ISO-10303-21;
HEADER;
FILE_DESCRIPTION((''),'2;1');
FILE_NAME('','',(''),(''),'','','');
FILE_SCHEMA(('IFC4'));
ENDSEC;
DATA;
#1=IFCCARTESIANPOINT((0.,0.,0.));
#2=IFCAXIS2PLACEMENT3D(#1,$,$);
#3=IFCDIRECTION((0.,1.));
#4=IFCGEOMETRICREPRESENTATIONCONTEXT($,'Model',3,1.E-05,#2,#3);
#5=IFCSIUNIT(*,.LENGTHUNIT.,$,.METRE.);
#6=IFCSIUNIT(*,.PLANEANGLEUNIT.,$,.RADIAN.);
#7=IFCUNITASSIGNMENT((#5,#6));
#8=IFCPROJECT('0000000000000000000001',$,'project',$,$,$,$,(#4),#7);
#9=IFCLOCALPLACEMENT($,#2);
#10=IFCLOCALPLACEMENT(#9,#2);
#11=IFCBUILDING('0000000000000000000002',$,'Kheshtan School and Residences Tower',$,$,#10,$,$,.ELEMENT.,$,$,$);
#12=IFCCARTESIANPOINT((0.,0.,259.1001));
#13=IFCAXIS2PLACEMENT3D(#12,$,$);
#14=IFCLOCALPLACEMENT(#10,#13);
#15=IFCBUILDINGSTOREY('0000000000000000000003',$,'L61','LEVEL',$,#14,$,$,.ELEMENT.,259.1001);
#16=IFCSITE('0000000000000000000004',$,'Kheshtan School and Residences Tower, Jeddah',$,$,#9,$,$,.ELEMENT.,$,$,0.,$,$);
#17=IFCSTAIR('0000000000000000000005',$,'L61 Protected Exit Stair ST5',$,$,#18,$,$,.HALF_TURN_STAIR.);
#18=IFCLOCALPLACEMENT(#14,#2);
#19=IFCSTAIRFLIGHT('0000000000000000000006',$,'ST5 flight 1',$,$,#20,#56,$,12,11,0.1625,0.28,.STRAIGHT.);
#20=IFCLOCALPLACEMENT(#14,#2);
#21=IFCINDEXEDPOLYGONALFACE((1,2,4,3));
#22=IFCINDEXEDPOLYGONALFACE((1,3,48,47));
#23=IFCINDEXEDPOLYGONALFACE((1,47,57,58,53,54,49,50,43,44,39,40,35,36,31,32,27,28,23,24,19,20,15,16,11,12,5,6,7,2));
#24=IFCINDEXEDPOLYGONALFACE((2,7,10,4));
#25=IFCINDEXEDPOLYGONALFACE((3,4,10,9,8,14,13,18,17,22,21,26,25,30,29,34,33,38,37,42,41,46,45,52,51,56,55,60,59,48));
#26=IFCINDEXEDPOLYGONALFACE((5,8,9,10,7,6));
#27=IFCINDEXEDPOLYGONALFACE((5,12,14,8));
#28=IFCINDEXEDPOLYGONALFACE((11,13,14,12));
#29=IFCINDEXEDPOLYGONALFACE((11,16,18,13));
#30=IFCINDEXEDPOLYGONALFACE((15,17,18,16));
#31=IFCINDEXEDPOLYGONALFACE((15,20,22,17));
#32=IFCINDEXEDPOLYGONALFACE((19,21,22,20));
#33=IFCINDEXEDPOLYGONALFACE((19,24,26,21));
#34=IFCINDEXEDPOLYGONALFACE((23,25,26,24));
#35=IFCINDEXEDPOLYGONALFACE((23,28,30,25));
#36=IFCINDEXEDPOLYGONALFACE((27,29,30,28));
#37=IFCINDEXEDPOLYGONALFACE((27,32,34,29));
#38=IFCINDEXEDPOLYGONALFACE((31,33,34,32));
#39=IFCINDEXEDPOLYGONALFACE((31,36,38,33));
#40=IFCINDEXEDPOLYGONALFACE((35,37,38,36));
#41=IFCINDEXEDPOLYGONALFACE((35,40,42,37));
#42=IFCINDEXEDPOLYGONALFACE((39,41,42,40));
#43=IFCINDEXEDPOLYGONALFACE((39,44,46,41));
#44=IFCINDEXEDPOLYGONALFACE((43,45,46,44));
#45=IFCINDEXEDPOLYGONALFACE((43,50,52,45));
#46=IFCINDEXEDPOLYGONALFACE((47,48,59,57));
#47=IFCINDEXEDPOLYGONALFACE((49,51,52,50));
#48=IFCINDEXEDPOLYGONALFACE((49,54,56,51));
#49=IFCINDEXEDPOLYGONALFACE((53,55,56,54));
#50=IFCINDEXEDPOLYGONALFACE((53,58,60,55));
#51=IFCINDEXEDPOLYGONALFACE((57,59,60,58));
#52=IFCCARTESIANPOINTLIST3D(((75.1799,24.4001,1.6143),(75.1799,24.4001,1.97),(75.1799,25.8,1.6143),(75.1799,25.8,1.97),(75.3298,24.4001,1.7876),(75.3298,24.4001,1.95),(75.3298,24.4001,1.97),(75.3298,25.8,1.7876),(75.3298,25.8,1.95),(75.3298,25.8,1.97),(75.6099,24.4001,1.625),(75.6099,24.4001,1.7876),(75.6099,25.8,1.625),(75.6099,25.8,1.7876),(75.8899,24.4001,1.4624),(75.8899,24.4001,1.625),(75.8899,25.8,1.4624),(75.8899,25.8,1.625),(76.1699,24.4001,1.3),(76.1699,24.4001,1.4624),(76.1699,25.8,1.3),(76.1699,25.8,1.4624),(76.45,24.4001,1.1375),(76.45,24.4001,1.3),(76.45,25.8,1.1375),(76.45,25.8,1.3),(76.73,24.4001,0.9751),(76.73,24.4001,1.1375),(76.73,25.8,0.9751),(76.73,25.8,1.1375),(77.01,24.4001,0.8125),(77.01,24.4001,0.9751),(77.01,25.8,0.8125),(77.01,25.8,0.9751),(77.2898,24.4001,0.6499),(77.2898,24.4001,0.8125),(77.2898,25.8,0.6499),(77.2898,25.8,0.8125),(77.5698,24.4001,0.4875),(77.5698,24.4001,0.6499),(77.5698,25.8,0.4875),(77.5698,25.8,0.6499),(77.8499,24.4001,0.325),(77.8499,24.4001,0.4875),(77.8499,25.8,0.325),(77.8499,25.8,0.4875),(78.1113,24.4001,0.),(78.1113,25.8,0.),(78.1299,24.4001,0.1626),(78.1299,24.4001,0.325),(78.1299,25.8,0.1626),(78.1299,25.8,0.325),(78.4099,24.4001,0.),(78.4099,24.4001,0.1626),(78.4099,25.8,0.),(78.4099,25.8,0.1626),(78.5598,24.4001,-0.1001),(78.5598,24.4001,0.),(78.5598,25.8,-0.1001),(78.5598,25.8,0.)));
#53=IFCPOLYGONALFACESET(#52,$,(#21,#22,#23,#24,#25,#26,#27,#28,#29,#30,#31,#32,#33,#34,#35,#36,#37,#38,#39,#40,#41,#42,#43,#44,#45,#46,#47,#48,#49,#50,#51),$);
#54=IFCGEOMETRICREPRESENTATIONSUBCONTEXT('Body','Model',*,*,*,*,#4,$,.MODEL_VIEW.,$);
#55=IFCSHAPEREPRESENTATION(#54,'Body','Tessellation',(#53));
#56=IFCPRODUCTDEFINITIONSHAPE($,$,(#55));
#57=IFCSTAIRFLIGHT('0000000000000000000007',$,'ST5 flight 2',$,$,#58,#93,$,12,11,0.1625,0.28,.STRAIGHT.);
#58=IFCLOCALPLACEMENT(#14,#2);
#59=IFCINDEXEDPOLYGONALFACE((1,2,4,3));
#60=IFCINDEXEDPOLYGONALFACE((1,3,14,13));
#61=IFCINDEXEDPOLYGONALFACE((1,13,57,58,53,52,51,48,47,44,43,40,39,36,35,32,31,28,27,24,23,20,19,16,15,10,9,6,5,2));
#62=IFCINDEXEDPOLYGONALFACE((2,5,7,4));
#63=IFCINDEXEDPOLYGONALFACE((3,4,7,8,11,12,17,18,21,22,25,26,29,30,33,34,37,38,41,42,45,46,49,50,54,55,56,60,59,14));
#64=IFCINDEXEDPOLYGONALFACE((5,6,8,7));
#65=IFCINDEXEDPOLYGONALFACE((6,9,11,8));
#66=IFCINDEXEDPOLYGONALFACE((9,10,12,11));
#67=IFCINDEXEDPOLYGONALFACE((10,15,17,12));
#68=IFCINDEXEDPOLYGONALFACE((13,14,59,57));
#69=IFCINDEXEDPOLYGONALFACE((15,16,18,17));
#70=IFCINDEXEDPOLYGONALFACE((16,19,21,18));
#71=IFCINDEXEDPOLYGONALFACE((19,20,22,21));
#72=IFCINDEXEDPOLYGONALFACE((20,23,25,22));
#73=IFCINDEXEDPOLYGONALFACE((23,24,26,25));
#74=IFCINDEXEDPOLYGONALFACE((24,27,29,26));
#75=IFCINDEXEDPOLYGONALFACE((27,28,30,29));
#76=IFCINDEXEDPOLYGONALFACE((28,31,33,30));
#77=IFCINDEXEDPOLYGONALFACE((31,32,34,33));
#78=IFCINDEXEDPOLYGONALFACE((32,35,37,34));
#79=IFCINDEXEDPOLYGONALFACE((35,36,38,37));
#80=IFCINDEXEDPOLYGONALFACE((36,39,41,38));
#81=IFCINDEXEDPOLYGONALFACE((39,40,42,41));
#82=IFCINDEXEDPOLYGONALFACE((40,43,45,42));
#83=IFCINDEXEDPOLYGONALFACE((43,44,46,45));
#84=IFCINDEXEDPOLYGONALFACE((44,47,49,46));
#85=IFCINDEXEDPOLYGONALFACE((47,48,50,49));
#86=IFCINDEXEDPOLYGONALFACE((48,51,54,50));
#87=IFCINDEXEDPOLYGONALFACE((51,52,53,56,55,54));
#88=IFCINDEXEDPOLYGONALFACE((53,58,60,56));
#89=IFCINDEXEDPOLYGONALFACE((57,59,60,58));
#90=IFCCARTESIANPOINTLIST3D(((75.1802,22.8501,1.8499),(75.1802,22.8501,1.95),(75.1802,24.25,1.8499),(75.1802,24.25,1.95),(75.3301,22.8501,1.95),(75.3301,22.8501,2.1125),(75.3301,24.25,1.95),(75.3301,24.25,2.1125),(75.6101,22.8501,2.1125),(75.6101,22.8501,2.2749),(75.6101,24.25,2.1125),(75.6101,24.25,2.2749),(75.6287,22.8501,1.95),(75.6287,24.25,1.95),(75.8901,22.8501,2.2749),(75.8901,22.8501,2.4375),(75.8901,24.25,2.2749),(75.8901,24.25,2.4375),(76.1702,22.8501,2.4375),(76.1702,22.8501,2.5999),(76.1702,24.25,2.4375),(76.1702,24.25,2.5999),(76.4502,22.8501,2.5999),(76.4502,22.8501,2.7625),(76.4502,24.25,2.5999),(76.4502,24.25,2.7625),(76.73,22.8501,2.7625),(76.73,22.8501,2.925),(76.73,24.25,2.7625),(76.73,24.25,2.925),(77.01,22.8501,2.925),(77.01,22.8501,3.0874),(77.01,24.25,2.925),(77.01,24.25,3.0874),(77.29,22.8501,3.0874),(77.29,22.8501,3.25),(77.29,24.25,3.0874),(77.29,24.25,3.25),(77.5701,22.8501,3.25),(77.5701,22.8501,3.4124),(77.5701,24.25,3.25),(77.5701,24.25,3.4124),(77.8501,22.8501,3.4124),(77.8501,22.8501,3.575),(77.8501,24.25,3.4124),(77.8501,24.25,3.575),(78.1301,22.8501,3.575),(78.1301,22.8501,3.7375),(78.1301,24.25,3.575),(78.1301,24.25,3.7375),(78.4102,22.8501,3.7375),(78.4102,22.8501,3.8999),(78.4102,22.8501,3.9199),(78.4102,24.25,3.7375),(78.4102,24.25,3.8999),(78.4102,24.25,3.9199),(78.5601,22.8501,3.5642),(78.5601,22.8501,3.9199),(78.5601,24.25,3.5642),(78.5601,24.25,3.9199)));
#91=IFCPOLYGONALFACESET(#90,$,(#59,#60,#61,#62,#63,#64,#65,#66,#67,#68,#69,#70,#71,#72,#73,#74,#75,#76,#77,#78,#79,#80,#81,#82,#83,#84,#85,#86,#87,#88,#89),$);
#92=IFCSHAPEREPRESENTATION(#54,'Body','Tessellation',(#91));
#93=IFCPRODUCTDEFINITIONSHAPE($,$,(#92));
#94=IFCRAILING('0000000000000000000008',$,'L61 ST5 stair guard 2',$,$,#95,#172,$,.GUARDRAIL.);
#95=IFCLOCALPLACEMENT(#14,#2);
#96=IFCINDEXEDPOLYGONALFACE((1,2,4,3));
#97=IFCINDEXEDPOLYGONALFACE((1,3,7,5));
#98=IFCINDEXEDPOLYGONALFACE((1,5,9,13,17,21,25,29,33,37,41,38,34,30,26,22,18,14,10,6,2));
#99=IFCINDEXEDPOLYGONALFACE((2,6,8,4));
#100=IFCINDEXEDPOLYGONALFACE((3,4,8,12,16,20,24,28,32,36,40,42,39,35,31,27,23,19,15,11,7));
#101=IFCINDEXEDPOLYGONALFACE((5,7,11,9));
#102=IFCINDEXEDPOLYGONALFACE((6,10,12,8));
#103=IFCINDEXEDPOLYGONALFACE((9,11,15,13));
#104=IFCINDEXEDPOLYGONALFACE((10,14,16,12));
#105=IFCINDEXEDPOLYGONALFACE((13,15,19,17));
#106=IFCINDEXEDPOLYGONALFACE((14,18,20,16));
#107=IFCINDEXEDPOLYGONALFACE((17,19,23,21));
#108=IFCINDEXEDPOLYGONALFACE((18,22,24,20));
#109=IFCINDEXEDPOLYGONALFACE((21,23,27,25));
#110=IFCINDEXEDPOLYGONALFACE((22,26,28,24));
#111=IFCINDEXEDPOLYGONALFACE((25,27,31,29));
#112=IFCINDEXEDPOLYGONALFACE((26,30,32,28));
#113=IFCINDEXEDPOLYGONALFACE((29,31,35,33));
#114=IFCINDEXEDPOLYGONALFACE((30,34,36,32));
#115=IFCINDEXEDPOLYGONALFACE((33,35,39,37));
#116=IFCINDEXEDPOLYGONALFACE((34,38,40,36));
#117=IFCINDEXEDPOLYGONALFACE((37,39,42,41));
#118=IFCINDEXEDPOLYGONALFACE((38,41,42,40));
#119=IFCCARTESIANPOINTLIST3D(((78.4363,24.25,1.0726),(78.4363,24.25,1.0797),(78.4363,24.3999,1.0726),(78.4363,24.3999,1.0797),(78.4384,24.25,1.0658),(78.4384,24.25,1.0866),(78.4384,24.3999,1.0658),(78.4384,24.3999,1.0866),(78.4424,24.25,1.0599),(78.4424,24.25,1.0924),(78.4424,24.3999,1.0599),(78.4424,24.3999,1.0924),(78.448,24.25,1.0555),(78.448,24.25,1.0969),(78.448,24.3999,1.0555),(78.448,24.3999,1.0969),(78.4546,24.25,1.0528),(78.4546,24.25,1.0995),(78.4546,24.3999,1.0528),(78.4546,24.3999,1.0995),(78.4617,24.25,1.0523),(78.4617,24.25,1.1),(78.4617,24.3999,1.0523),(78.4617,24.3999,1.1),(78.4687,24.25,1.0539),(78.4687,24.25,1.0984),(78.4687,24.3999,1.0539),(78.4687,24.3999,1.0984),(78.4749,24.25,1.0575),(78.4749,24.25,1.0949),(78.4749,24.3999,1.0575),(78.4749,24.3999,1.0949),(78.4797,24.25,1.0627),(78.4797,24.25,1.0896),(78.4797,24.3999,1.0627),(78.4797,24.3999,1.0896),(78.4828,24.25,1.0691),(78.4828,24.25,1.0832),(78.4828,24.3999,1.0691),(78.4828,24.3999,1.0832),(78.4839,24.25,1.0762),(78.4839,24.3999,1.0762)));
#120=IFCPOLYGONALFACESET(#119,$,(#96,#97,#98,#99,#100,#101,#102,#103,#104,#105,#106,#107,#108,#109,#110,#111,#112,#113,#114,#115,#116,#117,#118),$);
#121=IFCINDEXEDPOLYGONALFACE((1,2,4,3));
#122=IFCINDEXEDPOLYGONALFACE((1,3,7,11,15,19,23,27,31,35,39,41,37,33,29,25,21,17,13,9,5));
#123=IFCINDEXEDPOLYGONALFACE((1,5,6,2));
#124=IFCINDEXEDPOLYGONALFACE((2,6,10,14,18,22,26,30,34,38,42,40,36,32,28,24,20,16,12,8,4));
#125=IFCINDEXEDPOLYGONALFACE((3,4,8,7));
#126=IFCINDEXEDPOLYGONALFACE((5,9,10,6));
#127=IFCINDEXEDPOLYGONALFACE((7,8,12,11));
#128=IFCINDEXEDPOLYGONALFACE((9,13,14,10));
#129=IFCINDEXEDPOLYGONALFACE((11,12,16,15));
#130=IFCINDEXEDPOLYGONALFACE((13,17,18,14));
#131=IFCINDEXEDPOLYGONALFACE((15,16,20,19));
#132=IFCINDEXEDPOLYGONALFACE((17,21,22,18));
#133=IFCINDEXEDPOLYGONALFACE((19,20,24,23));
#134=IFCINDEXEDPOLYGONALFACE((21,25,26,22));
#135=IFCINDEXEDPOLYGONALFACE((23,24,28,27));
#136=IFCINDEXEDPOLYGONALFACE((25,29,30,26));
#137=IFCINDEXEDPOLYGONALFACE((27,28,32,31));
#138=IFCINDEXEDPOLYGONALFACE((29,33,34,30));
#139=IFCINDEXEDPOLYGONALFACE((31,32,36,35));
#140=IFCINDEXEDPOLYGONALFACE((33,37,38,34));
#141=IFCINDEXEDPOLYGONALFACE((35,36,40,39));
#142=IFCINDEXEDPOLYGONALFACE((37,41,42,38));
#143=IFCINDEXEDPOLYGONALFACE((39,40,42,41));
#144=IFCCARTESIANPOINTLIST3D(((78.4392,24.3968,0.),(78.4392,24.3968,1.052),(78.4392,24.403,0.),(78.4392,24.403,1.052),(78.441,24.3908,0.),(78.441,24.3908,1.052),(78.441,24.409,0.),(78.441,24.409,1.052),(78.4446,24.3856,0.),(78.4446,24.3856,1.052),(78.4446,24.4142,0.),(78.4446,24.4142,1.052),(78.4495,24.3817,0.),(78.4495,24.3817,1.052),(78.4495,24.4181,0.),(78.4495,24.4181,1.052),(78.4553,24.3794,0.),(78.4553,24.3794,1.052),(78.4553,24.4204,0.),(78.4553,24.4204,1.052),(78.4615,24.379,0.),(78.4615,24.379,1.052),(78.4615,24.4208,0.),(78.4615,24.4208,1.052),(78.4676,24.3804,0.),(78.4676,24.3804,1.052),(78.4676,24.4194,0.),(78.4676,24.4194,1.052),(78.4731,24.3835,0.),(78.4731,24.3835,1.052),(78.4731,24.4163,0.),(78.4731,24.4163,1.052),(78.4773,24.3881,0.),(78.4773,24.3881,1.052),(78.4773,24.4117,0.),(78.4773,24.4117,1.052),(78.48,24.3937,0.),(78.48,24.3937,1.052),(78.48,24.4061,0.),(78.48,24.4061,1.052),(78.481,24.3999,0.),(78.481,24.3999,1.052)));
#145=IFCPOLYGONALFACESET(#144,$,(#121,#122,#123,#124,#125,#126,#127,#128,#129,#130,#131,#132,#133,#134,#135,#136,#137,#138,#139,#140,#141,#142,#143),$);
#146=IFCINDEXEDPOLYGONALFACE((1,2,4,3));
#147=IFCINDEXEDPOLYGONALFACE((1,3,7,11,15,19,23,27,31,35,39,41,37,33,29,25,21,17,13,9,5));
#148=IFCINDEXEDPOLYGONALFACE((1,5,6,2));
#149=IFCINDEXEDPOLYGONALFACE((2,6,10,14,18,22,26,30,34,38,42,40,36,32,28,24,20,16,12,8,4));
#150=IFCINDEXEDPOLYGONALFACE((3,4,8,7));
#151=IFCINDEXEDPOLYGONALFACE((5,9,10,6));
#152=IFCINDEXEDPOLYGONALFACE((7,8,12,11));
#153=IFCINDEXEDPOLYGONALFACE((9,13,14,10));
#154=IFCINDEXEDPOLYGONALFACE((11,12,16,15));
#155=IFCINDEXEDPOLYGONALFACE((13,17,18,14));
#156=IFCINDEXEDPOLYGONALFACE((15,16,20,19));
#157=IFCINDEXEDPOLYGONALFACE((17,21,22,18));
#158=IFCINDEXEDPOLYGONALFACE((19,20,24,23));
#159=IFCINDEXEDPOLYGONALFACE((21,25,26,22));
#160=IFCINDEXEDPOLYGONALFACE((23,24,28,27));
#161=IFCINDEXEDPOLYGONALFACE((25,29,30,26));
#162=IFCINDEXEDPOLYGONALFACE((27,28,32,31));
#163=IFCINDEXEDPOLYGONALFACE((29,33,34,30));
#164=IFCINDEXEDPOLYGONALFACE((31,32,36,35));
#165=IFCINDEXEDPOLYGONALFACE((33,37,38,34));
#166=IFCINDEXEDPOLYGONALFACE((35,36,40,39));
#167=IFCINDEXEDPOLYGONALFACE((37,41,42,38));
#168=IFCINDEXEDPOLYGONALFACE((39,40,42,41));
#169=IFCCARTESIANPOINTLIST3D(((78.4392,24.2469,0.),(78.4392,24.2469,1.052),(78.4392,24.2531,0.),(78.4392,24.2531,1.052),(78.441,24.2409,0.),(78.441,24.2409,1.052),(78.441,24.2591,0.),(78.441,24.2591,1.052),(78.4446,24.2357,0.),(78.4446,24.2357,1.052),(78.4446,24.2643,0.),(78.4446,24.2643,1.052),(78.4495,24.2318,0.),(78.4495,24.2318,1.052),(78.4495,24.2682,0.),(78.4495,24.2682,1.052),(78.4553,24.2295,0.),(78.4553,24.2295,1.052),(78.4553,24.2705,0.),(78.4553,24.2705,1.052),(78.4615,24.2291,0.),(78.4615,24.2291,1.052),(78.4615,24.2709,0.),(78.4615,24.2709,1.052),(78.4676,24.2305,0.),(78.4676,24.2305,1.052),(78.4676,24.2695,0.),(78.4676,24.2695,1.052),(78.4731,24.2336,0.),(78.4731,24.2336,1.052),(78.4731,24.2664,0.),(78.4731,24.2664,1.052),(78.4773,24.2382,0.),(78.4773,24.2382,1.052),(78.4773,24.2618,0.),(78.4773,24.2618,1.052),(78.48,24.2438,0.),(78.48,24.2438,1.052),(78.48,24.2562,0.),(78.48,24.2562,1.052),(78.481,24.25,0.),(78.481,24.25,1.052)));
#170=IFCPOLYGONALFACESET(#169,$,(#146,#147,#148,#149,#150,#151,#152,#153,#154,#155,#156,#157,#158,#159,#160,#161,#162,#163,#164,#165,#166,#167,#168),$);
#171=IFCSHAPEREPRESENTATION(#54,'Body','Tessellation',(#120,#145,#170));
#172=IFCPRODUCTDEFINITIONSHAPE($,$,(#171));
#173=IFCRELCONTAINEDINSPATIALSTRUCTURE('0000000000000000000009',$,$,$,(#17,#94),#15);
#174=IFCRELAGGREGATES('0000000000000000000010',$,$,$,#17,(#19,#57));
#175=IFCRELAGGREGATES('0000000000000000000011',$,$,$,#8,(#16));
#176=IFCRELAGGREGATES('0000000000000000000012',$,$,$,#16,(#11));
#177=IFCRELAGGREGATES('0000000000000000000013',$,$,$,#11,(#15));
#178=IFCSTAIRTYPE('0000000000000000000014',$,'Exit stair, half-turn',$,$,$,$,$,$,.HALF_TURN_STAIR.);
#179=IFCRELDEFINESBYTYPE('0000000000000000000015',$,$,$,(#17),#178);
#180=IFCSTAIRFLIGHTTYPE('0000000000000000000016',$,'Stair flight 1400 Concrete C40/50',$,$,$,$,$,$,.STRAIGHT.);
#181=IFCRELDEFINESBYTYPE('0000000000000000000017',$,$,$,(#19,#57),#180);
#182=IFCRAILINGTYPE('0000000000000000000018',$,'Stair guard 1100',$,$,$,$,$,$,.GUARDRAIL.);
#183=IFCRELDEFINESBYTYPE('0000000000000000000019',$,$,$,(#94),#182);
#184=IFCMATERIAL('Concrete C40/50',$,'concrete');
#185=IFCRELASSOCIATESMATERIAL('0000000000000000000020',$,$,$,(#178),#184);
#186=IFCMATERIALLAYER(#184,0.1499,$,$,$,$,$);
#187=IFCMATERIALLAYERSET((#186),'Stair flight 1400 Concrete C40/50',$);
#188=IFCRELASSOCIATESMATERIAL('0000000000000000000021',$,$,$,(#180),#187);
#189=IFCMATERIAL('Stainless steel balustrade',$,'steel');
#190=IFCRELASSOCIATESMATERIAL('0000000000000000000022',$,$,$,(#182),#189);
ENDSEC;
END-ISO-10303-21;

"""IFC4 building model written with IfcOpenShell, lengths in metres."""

from ifc_helpers import new_model, si_unit, direction, frame, origin, origin_2d, place, context, subcontext, project, spatial, polyline, circle, outline, extrude, material, layer, layer_set, type_object, element, aggregate, save


model = new_model("IFC4")

# Units and contexts
model_context = context("Model", 3, precision=1e-05, world=origin(), true_north=direction((0.0, 1.0)))
body_context = subcontext(model_context, "Body", "Model", "MODEL_VIEW")
ifc_project = project(units=[si_unit("LENGTHUNIT", "METRE"), si_unit("PLANEANGLEUNIT", "RADIAN")], contexts=[model_context])

# Site, building, storey
site_placement = place(None, origin())
site = spatial("IfcSite", under=ifc_project, at=site_placement, Name="Kheshtan School and Residences Tower, Jeddah", CompositionType="ELEMENT", RefElevation=0.0)
building_placement = place(site_placement, origin())
building = spatial("IfcBuilding", under=site, at=building_placement, Name="Kheshtan School and Residences Tower", CompositionType="ELEMENT")
storey_placement = place(building_placement, frame((0.0, 0.0, 259.1001)))
storey = spatial("IfcBuildingStorey", under=building, at=storey_placement, Name="L61", Description="LEVEL", CompositionType="ELEMENT", Elevation=259.1001)

# Shared definitions
ifc_material_1 = material(Name="Concrete C40/50", Category="concrete")

# Stair, stair flights
stair_type = type_object("IfcStairType", Name="Exit stair, half-turn", PredefinedType="HALF_TURN_STAIR", material=ifc_material_1)
stair_placement = place(storey_placement, origin())
stair = element("IfcStair", 1, at=stair_placement, inside=storey, type_object=stair_type, Name="L61 Protected Exit Stair ST5", PredefinedType="HALF_TURN_STAIR")
ifc_layer_1 = layer(ifc_material_1, 0.1499)
ifc_layer_set_1 = layer_set([ifc_layer_1], Name="Stair flight 1400 Concrete C40/50")
stair_flight_type = type_object("IfcStairFlightType", Name="Stair flight 1400 Concrete C40/50", PredefinedType="STRAIGHT", material=ifc_layer_set_1)
stair_flight_1_placement = place(storey_placement, frame((78.4099, 25.1001, 0.0), z_axis=(0.0, 0.0, 1.0), x_axis=(-1.0, 0.0, 0.0)))
stair_flight_1 = element("IfcStairFlight", 2, at=stair_flight_1_placement, type_object=stair_flight_type, Name="ST5 flight 1", NumberOfRisers=12, NumberOfTreads=11, PredefinedType="STRAIGHT", RiserHeight=0.1625, TreadLength=0.28, context=body_context, shape_type="SweptSolid", body=[
    extrude(outline(polyline([(-0.1499, -0.1001), (-0.1499, 0.0), (0.0, 0.0), (0.0, 0.1626), (0.28, 0.1626), (0.28, 0.325), (0.5601, 0.325), (0.5601, 0.4875), (0.8401, 0.4875), (0.8401, 0.6499), (1.1201, 0.6499), (1.1201, 0.8125), (1.3999, 0.8125), (1.3999, 0.9751), (1.6799, 0.9751), (1.6799, 1.1375), (1.96, 1.1375), (1.96, 1.3), (2.24, 1.3), (2.24, 1.4624), (2.52, 1.4624), (2.52, 1.625), (2.8, 1.625), (2.8, 1.7876), (3.0801, 1.7876), (3.0801, 1.95), (3.0801, 1.97), (3.23, 1.97), (3.23, 1.6143), (0.2986, 0.0), (-0.1499, -0.1001)])), frame((0.0, 0.7, 0.0), z_axis=(0.0, -1.0, 0.0), x_axis=(1.0, 0.0, 0.0)), (0.0, 0.0, 1.0), 1.3999),
])
stair_flight_2_placement = place(storey_placement, frame((75.3301, 23.55, 1.95), z_axis=(0.0, 0.0, 1.0), x_axis=(1.0, 0.0, 0.0)))
stair_flight_2 = element("IfcStairFlight", 3, at=stair_flight_2_placement, type_object=stair_flight_type, Name="ST5 flight 2", NumberOfRisers=12, NumberOfTreads=11, PredefinedType="STRAIGHT", RiserHeight=0.1625, TreadLength=0.28, context=body_context, shape_type="SweptSolid", body=[
    extrude(outline(polyline([(-0.1499, -0.1001), (-0.1499, 0.0), (0.0, 0.0), (0.0, 0.1626), (0.28, 0.1626), (0.28, 0.325), (0.5601, 0.325), (0.5601, 0.4875), (0.8401, 0.4875), (0.8401, 0.6499), (1.1201, 0.6499), (1.1201, 0.8125), (1.3999, 0.8125), (1.3999, 0.9751), (1.6799, 0.9751), (1.6799, 1.1375), (1.96, 1.1375), (1.96, 1.3), (2.24, 1.3), (2.24, 1.4624), (2.52, 1.4624), (2.52, 1.625), (2.8, 1.625), (2.8, 1.7876), (3.0801, 1.7876), (3.0801, 1.95), (3.0801, 1.97), (3.23, 1.97), (3.23, 1.6143), (0.2986, 0.0), (-0.1499, -0.1001)])), frame((0.0, 0.7, 0.0), z_axis=(0.0, -1.0, 0.0), x_axis=(1.0, 0.0, 0.0)), (0.0, 0.0, 1.0), 1.3999),
])
aggregate(stair, [stair_flight_1, stair_flight_2])

# Railing
ifc_material_2 = material(Name="Stainless steel balustrade", Category="steel")
railing_type_1 = type_object("IfcRailingType", Name="Stair guard 1100", PredefinedType="GUARDRAIL", material=ifc_material_2)
railing_1_placement = place(storey_placement, frame((78.46, 24.3999, 0.0)))
element("IfcRailing", 4, at=railing_1_placement, inside=storey, type_object=railing_type_1, Name="L61 ST5 stair guard 2", PredefinedType="GUARDRAIL", context=body_context, shape_type="SweptSolid", body=[
    extrude(circle(Radius=0.0239, at=origin_2d()), frame((0.0, 0.0, 1.0762), z_axis=(0.0, -1.0, 0.0), x_axis=(1.0, 0.0, 0.0)), (0.0, 0.0, 1.0), 0.1499),
    extrude(circle(Radius=0.021, at=origin_2d()), origin(), (0.0, 0.0, 1.0), 1.052),
    extrude(circle(Radius=0.021, at=origin_2d()), frame((0.0, -0.1499, 0.0)), (0.0, 0.0, 1.0), 1.052),
])

save(model, "model.ifc")
